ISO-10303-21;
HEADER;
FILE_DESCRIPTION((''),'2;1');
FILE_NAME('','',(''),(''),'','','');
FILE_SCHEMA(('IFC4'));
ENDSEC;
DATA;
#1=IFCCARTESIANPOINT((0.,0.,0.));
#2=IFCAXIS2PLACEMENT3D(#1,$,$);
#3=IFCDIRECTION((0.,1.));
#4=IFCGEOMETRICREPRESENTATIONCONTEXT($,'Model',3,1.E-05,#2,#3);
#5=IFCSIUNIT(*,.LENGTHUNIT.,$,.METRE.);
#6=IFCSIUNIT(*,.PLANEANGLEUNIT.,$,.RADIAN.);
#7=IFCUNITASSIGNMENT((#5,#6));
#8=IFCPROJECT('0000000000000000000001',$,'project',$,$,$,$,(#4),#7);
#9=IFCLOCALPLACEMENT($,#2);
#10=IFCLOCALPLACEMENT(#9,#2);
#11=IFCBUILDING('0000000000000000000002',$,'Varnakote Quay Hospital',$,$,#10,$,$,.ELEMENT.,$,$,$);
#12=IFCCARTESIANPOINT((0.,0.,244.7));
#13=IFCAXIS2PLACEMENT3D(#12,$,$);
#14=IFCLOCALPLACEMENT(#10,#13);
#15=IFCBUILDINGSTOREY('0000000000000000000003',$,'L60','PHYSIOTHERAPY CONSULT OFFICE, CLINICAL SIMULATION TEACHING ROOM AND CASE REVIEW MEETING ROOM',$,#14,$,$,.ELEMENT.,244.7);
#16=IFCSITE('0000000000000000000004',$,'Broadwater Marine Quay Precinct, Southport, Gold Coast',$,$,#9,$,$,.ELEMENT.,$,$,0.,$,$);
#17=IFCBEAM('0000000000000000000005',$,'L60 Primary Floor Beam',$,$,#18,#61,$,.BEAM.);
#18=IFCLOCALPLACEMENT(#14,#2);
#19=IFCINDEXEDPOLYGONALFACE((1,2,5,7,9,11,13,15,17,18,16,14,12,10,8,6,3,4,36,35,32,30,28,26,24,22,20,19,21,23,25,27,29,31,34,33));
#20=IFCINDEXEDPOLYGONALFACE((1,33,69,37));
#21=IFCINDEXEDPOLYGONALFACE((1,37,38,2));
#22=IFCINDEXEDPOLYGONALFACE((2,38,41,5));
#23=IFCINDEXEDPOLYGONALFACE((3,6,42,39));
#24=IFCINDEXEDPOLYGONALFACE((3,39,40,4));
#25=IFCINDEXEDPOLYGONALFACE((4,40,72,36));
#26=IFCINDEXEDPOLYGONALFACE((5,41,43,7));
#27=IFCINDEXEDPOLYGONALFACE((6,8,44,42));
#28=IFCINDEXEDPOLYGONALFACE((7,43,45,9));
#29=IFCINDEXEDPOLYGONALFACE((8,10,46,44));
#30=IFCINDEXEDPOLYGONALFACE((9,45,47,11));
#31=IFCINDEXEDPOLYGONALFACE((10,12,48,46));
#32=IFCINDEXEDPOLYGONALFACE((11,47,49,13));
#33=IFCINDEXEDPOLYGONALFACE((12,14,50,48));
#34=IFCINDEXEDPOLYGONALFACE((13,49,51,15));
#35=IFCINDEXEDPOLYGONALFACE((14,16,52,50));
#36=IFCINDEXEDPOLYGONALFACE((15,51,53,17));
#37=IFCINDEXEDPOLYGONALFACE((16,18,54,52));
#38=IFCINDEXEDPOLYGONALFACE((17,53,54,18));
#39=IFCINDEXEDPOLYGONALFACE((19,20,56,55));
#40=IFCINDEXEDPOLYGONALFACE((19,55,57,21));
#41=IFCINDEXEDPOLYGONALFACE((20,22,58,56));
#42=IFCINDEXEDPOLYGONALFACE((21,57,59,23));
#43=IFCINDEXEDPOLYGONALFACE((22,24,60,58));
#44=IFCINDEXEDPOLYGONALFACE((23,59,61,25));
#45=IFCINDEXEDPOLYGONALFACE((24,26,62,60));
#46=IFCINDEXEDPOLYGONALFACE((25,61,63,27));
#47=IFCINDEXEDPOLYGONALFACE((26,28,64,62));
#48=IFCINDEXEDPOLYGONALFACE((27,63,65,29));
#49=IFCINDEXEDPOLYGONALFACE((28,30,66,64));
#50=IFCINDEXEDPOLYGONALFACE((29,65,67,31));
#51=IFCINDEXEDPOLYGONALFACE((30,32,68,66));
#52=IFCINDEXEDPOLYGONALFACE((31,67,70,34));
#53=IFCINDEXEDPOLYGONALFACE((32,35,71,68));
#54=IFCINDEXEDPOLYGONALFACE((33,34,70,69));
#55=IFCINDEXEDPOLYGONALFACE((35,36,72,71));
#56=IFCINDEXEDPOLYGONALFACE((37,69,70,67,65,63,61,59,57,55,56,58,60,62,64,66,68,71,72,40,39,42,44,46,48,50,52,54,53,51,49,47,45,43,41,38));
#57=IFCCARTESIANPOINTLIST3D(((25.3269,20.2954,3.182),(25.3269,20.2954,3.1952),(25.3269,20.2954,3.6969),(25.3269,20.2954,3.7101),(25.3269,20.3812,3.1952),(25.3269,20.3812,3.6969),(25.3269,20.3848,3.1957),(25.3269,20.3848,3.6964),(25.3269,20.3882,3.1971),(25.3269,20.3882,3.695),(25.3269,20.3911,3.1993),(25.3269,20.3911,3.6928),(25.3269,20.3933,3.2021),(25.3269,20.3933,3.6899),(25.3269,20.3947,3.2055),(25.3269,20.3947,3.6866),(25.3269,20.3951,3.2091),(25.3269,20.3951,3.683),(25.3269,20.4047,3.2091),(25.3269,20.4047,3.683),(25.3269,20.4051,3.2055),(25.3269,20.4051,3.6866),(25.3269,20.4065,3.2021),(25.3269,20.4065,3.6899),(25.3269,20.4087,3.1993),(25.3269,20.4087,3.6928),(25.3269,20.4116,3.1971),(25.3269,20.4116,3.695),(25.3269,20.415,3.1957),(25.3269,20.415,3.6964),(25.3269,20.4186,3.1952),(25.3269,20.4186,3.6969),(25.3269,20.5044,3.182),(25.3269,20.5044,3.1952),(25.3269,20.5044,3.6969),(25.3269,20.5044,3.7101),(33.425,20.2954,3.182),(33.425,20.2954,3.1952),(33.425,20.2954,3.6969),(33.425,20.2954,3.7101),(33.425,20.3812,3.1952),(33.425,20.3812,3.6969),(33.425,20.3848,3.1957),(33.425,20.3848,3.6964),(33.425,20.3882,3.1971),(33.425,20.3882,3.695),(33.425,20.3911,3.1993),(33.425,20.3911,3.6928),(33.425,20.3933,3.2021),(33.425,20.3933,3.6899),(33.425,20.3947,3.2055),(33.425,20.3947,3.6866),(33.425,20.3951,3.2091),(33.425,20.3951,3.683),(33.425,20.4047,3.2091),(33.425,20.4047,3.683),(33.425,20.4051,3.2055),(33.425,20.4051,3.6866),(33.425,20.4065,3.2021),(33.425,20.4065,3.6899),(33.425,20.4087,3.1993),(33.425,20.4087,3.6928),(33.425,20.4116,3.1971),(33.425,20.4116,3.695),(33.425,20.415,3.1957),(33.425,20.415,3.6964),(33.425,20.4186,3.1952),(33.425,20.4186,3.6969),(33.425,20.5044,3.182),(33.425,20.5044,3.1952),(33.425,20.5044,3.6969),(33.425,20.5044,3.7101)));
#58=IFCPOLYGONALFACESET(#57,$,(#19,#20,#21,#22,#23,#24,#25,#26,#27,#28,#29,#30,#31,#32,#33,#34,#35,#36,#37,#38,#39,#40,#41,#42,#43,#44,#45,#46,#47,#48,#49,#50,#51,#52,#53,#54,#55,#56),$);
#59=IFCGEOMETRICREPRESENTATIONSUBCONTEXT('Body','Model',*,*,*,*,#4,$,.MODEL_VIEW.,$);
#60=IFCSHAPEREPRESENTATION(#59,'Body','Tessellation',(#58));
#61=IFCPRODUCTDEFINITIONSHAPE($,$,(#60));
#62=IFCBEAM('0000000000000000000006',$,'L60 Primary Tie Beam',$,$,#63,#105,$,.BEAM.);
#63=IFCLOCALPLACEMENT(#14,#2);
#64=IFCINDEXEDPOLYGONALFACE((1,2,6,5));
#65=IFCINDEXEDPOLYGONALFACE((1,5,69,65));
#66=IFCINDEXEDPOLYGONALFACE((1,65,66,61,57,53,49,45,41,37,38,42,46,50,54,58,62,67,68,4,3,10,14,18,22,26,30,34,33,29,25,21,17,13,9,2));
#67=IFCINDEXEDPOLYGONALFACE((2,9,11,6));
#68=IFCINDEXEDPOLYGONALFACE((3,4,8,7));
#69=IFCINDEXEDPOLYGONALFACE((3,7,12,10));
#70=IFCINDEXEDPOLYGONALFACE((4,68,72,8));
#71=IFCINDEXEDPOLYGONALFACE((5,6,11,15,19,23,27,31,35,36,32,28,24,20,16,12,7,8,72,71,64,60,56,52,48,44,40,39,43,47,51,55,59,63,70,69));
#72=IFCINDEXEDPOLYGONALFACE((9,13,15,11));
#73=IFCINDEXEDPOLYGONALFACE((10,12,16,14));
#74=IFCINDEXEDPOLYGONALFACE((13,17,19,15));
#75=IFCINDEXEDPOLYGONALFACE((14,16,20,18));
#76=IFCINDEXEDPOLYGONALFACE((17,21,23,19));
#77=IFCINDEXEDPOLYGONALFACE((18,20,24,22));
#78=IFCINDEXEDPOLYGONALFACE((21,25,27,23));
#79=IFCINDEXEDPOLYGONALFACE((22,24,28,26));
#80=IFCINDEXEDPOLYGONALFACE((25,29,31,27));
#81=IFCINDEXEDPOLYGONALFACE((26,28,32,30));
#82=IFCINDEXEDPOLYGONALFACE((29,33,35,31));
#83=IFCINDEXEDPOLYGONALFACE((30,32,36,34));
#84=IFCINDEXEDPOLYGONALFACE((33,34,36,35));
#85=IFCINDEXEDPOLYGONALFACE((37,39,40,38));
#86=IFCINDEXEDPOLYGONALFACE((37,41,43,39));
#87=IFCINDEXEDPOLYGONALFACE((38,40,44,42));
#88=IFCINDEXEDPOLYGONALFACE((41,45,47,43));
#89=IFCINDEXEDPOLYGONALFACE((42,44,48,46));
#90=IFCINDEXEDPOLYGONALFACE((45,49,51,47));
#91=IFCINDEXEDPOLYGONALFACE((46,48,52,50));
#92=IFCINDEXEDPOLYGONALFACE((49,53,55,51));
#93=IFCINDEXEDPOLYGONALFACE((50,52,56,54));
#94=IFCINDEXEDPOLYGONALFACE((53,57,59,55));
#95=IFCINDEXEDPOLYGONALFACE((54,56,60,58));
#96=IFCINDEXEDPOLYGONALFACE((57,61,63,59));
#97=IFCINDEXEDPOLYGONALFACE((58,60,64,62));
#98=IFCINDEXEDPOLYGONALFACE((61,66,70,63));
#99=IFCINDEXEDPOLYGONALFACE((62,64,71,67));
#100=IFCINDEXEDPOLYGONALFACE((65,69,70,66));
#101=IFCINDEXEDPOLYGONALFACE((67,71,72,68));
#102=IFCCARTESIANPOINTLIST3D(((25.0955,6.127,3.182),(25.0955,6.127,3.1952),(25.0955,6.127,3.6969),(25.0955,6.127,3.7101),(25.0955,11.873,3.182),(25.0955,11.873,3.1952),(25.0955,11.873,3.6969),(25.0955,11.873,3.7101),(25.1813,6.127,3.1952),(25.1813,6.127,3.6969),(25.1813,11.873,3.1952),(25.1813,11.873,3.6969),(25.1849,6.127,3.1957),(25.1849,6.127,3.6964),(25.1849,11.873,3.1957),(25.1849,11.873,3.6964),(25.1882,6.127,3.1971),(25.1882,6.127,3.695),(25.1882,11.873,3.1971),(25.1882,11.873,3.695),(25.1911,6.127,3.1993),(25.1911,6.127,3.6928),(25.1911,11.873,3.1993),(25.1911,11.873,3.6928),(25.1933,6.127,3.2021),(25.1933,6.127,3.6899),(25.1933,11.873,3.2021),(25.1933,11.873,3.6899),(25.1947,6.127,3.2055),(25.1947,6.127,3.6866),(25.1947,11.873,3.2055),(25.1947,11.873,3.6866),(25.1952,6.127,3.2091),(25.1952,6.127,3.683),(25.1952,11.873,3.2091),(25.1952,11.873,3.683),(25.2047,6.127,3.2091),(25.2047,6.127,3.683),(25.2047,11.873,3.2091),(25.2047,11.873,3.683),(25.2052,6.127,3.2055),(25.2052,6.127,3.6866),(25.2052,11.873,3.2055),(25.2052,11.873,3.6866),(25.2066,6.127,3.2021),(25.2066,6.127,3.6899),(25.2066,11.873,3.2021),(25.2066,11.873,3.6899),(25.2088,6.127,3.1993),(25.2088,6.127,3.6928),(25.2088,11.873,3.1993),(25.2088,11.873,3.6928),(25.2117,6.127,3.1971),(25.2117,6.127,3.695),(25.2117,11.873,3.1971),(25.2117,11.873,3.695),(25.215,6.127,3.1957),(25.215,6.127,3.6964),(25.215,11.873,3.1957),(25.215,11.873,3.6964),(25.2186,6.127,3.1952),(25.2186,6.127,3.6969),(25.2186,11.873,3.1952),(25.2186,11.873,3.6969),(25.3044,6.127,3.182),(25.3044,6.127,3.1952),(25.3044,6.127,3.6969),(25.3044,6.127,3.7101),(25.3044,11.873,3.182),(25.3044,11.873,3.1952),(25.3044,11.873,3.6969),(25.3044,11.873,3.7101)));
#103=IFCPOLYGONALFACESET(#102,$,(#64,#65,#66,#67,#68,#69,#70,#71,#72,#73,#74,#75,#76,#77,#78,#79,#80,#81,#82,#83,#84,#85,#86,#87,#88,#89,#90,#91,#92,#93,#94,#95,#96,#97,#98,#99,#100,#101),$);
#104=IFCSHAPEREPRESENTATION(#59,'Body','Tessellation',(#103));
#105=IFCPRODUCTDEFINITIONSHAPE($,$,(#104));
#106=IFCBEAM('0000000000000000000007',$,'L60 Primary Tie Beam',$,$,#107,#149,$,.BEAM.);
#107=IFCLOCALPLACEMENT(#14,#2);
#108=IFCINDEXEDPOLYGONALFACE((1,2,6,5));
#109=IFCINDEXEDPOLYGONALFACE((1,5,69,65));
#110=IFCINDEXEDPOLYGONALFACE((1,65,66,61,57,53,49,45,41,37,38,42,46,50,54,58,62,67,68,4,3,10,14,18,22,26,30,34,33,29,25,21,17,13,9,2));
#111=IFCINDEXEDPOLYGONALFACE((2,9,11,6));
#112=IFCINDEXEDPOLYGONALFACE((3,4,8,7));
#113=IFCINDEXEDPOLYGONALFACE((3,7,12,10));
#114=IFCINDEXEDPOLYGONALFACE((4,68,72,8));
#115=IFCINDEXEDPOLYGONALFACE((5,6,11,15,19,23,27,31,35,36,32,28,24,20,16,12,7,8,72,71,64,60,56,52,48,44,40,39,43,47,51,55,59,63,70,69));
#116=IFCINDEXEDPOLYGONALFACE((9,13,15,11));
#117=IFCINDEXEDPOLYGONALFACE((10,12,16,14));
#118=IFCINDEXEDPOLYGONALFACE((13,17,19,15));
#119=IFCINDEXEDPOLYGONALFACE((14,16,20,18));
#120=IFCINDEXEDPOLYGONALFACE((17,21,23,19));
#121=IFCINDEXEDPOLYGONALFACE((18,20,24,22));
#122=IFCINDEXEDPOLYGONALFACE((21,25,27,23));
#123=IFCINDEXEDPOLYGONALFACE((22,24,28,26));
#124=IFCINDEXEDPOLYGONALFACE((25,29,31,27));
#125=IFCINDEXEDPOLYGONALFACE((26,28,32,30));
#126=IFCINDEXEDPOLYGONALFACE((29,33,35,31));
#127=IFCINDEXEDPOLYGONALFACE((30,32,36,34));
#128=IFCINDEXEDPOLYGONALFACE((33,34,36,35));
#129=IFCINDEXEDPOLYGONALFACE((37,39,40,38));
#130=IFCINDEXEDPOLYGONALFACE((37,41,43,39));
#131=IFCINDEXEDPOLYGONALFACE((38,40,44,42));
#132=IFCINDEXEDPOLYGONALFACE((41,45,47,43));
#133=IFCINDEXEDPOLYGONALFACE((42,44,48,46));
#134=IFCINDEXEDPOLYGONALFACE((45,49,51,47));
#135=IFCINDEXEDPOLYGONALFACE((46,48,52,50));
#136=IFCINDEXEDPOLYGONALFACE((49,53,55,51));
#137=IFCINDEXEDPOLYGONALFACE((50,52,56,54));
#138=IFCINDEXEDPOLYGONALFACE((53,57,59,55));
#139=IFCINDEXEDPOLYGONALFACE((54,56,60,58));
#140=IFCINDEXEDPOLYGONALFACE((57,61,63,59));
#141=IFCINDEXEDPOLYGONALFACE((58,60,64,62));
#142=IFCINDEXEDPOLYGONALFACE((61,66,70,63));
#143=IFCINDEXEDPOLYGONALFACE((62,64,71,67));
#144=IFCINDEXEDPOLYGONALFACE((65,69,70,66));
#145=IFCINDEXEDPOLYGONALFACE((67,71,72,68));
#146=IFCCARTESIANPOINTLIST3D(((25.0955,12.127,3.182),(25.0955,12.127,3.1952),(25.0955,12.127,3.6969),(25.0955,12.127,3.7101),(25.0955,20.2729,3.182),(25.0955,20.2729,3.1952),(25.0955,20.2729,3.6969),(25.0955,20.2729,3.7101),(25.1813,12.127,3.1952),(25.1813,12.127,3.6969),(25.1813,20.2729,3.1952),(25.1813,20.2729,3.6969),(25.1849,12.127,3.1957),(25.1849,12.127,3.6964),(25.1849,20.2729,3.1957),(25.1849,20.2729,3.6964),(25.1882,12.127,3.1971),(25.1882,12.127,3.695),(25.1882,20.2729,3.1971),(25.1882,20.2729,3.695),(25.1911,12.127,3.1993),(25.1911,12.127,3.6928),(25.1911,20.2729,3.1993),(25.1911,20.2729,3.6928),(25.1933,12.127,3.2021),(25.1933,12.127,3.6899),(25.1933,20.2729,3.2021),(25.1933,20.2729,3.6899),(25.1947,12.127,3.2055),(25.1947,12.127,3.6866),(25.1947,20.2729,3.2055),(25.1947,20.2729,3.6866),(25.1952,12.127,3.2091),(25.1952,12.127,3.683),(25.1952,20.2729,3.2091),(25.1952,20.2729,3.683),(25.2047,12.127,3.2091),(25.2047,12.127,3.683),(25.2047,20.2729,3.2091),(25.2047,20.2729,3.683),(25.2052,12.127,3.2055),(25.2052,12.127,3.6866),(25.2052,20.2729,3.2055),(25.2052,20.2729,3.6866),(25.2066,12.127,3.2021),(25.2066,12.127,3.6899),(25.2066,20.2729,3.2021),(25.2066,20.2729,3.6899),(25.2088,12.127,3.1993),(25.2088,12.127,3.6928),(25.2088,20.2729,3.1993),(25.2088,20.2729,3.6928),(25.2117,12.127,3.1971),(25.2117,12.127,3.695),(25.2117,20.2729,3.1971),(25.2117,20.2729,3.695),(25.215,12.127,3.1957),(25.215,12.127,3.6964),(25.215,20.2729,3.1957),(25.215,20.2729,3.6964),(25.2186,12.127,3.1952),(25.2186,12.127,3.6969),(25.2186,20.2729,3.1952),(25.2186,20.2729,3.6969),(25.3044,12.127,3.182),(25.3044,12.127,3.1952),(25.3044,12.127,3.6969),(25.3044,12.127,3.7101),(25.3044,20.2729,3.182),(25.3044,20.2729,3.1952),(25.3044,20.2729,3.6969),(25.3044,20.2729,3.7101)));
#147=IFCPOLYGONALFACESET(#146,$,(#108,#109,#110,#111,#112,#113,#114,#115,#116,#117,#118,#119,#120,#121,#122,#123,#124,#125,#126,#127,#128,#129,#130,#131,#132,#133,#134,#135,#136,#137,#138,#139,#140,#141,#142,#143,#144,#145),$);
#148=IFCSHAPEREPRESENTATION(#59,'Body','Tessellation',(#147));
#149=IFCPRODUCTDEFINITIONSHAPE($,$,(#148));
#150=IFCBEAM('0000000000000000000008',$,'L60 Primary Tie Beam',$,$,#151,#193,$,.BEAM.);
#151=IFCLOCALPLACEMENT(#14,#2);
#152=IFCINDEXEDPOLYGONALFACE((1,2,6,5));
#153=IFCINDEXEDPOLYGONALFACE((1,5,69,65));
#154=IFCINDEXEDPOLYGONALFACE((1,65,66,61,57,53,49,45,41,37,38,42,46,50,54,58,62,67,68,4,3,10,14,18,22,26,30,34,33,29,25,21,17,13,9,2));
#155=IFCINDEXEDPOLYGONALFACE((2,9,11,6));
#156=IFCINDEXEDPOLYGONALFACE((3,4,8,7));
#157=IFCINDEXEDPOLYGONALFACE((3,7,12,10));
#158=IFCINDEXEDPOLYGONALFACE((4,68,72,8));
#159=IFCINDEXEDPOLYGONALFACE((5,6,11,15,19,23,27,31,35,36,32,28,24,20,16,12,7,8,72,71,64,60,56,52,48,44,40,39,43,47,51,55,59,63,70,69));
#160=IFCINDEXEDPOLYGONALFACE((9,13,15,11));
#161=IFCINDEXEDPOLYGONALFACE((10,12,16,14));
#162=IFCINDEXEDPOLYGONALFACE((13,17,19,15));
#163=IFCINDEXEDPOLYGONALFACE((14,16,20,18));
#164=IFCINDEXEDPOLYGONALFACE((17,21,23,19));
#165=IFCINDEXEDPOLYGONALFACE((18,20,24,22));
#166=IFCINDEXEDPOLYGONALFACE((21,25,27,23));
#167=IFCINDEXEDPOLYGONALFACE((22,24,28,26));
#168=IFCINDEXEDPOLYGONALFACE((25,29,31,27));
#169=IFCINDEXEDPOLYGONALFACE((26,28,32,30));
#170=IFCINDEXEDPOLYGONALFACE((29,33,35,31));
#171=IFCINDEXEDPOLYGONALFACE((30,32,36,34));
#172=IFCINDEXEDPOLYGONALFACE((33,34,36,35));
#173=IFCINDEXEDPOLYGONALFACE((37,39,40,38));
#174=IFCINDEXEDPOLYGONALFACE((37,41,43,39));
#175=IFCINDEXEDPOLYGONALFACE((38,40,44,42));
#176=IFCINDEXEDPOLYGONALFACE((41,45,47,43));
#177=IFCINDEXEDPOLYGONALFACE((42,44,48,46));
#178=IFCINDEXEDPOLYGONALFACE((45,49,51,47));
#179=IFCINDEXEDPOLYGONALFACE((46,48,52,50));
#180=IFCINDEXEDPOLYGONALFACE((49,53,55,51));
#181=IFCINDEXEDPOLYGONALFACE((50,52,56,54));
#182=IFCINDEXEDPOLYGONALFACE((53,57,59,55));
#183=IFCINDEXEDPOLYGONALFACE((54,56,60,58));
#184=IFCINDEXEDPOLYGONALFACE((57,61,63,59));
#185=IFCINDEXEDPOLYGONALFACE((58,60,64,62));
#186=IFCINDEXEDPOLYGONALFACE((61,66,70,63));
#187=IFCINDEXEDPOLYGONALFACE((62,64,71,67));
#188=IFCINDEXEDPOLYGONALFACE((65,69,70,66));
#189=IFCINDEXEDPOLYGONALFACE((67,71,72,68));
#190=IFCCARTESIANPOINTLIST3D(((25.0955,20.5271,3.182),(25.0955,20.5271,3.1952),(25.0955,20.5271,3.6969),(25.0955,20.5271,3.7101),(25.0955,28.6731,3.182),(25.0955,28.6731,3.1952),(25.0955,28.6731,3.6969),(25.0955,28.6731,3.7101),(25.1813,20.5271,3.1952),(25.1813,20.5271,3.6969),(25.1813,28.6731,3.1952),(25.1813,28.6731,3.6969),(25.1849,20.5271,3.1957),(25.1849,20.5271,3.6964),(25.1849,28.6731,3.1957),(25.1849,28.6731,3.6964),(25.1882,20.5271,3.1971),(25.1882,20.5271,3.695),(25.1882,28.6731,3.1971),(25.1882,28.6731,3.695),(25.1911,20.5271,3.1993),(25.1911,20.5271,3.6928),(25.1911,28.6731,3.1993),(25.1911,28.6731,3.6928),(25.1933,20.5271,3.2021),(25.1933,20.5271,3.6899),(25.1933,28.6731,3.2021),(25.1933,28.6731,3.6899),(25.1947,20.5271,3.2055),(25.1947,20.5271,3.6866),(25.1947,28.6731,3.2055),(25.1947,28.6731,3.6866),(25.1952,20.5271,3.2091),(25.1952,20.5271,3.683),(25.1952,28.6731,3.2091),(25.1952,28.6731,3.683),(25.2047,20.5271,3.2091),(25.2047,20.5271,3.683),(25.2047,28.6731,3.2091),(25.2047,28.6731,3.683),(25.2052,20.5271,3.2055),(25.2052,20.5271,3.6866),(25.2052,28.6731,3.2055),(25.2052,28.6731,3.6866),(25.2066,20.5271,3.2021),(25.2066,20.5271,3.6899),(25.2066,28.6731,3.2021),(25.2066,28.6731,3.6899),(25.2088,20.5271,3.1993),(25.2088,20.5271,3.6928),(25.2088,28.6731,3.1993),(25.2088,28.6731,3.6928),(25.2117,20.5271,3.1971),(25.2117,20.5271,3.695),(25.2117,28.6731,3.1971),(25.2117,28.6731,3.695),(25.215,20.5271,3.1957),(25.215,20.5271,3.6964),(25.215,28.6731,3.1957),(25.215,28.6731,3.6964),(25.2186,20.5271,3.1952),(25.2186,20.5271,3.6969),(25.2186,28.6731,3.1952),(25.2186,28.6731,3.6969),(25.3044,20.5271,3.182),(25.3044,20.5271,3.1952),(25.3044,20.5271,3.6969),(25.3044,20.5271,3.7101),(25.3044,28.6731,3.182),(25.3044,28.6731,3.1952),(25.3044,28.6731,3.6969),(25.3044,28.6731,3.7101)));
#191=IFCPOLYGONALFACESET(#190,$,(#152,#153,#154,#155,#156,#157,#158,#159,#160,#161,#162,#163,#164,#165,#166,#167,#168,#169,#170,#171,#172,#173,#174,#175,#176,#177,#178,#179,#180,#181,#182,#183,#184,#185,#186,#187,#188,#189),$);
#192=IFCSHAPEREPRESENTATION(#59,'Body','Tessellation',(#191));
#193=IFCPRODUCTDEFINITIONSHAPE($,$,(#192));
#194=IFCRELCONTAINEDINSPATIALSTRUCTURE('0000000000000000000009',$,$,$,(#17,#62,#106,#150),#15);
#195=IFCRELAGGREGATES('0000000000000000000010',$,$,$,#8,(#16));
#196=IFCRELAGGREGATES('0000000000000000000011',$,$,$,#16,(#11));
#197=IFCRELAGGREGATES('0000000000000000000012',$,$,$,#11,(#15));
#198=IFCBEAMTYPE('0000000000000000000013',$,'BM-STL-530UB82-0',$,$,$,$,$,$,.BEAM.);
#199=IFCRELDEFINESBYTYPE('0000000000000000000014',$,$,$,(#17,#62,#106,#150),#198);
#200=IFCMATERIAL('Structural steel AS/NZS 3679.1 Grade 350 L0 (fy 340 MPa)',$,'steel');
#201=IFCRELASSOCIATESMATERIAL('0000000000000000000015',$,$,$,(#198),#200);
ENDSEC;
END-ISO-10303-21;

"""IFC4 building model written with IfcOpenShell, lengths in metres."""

from ifc_helpers import new_model, si_unit, direction, frame, origin, origin_2d, place, context, subcontext, project, spatial, i_section, extrude, material, material_profile, profile_set, type_object, element, save


model = new_model("IFC4")

# Units and contexts
model_context = context("Model", 3, precision=1e-05, world=origin(), true_north=direction((0.0, 1.0)))
body_context = subcontext(model_context, "Body", "Model", "MODEL_VIEW")
ifc_project = project(units=[si_unit("LENGTHUNIT", "METRE"), si_unit("PLANEANGLEUNIT", "RADIAN")], contexts=[model_context])

# Site, building, storey
site_placement = place(None, origin())
site = spatial("IfcSite", under=ifc_project, at=site_placement, Name="Broadwater Marine Quay Precinct, Southport, Gold Coast", CompositionType="ELEMENT", RefElevation=0.0)
building_placement = place(site_placement, origin())
building = spatial("IfcBuilding", under=site, at=building_placement, Name="Varnakote Quay Hospital", CompositionType="ELEMENT")
storey_placement = place(building_placement, frame((0.0, 0.0, 244.7)))
storey = spatial("IfcBuildingStorey", under=building, at=storey_placement, Name="L60", Description="PHYSIOTHERAPY CONSULT OFFICE, CLINICAL SIMULATION TEACHING ROOM AND CASE REVIEW MEETING ROOM", CompositionType="ELEMENT", Elevation=244.7)

# Beams
ifc_material_1 = material(Name="Structural steel AS/NZS 3679.1 Grade 350 L0 (fy 340 MPa)", Category="steel")
ifc_material_profile_1 = material_profile(ifc_material_1, i_section(OverallWidth=0.209, OverallDepth=0.5281, WebThickness=0.0095, FlangeThickness=0.0132, FilletRadius=0.0139, at=origin_2d()), Name="530UB82.0")
ifc_profile_set_1 = profile_set([ifc_material_profile_1], Name="Structural steel AS/NZS 3679.1 Grade 350 L0 (fy 340 MPa)")
beam_type_1 = type_object("IfcBeamType", Name="BM-STL-530UB82-0", PredefinedType="BEAM", material=ifc_profile_set_1)
beam_1_placement = place(storey_placement, frame((25.3269, 20.3999, 3.446), z_axis=(1.0, 0.0, 0.0), x_axis=(0.0, 1.0, 0.0)))
element("IfcBeam", 1, at=beam_1_placement, inside=storey, type_object=beam_type_1, Name="L60 Primary Floor Beam", PredefinedType="BEAM", context=body_context, shape_type="SweptSolid", body=[
    extrude(i_section(OverallWidth=0.209, OverallDepth=0.5281, WebThickness=0.0095, FlangeThickness=0.0132, FilletRadius=0.0139, at=origin_2d()), origin(), (0.0, 0.0, 1.0), 8.0981),
])
beam_2_placement = place(storey_placement, frame((25.2, 6.127, 3.446), z_axis=(0.0, 1.0, 0.0), x_axis=(-1.0, 0.0, 0.0)))
element("IfcBeam", 2, at=beam_2_placement, inside=storey, type_object=beam_type_1, Name="L60 Primary Tie Beam", PredefinedType="BEAM", context=body_context, shape_type="SweptSolid", body=[
    extrude(i_section(OverallWidth=0.209, OverallDepth=0.5281, WebThickness=0.0095, FlangeThickness=0.0132, FilletRadius=0.0139, at=origin_2d()), origin(), (0.0, 0.0, 1.0), 5.7461),
])
for number, where, z_axis, x_axis, name in (
    (3, (25.2, 12.127, 3.446), (0.0, 1.0, 0.0), (-1.0, 0.0, 0.0), "L60 Primary Tie Beam"),
    (4, (25.2, 20.5271, 3.446), (0.0, 1.0, 0.0), (-1.0, 0.0, 0.0), "L60 Primary Tie Beam"),
):
    element("IfcBeam", number, at=place(storey_placement, frame(where, z_axis=z_axis, x_axis=x_axis)), inside=storey, type_object=beam_type_1, Name=name, PredefinedType="BEAM", context=body_context, shape_type="SweptSolid", body=[
        extrude(i_section(OverallWidth=0.209, OverallDepth=0.5281, WebThickness=0.0095, FlangeThickness=0.0132, FilletRadius=0.0139, at=origin_2d()), origin(), (0.0, 0.0, 1.0), 8.146),
    ])

save(model, "model.ifc")
